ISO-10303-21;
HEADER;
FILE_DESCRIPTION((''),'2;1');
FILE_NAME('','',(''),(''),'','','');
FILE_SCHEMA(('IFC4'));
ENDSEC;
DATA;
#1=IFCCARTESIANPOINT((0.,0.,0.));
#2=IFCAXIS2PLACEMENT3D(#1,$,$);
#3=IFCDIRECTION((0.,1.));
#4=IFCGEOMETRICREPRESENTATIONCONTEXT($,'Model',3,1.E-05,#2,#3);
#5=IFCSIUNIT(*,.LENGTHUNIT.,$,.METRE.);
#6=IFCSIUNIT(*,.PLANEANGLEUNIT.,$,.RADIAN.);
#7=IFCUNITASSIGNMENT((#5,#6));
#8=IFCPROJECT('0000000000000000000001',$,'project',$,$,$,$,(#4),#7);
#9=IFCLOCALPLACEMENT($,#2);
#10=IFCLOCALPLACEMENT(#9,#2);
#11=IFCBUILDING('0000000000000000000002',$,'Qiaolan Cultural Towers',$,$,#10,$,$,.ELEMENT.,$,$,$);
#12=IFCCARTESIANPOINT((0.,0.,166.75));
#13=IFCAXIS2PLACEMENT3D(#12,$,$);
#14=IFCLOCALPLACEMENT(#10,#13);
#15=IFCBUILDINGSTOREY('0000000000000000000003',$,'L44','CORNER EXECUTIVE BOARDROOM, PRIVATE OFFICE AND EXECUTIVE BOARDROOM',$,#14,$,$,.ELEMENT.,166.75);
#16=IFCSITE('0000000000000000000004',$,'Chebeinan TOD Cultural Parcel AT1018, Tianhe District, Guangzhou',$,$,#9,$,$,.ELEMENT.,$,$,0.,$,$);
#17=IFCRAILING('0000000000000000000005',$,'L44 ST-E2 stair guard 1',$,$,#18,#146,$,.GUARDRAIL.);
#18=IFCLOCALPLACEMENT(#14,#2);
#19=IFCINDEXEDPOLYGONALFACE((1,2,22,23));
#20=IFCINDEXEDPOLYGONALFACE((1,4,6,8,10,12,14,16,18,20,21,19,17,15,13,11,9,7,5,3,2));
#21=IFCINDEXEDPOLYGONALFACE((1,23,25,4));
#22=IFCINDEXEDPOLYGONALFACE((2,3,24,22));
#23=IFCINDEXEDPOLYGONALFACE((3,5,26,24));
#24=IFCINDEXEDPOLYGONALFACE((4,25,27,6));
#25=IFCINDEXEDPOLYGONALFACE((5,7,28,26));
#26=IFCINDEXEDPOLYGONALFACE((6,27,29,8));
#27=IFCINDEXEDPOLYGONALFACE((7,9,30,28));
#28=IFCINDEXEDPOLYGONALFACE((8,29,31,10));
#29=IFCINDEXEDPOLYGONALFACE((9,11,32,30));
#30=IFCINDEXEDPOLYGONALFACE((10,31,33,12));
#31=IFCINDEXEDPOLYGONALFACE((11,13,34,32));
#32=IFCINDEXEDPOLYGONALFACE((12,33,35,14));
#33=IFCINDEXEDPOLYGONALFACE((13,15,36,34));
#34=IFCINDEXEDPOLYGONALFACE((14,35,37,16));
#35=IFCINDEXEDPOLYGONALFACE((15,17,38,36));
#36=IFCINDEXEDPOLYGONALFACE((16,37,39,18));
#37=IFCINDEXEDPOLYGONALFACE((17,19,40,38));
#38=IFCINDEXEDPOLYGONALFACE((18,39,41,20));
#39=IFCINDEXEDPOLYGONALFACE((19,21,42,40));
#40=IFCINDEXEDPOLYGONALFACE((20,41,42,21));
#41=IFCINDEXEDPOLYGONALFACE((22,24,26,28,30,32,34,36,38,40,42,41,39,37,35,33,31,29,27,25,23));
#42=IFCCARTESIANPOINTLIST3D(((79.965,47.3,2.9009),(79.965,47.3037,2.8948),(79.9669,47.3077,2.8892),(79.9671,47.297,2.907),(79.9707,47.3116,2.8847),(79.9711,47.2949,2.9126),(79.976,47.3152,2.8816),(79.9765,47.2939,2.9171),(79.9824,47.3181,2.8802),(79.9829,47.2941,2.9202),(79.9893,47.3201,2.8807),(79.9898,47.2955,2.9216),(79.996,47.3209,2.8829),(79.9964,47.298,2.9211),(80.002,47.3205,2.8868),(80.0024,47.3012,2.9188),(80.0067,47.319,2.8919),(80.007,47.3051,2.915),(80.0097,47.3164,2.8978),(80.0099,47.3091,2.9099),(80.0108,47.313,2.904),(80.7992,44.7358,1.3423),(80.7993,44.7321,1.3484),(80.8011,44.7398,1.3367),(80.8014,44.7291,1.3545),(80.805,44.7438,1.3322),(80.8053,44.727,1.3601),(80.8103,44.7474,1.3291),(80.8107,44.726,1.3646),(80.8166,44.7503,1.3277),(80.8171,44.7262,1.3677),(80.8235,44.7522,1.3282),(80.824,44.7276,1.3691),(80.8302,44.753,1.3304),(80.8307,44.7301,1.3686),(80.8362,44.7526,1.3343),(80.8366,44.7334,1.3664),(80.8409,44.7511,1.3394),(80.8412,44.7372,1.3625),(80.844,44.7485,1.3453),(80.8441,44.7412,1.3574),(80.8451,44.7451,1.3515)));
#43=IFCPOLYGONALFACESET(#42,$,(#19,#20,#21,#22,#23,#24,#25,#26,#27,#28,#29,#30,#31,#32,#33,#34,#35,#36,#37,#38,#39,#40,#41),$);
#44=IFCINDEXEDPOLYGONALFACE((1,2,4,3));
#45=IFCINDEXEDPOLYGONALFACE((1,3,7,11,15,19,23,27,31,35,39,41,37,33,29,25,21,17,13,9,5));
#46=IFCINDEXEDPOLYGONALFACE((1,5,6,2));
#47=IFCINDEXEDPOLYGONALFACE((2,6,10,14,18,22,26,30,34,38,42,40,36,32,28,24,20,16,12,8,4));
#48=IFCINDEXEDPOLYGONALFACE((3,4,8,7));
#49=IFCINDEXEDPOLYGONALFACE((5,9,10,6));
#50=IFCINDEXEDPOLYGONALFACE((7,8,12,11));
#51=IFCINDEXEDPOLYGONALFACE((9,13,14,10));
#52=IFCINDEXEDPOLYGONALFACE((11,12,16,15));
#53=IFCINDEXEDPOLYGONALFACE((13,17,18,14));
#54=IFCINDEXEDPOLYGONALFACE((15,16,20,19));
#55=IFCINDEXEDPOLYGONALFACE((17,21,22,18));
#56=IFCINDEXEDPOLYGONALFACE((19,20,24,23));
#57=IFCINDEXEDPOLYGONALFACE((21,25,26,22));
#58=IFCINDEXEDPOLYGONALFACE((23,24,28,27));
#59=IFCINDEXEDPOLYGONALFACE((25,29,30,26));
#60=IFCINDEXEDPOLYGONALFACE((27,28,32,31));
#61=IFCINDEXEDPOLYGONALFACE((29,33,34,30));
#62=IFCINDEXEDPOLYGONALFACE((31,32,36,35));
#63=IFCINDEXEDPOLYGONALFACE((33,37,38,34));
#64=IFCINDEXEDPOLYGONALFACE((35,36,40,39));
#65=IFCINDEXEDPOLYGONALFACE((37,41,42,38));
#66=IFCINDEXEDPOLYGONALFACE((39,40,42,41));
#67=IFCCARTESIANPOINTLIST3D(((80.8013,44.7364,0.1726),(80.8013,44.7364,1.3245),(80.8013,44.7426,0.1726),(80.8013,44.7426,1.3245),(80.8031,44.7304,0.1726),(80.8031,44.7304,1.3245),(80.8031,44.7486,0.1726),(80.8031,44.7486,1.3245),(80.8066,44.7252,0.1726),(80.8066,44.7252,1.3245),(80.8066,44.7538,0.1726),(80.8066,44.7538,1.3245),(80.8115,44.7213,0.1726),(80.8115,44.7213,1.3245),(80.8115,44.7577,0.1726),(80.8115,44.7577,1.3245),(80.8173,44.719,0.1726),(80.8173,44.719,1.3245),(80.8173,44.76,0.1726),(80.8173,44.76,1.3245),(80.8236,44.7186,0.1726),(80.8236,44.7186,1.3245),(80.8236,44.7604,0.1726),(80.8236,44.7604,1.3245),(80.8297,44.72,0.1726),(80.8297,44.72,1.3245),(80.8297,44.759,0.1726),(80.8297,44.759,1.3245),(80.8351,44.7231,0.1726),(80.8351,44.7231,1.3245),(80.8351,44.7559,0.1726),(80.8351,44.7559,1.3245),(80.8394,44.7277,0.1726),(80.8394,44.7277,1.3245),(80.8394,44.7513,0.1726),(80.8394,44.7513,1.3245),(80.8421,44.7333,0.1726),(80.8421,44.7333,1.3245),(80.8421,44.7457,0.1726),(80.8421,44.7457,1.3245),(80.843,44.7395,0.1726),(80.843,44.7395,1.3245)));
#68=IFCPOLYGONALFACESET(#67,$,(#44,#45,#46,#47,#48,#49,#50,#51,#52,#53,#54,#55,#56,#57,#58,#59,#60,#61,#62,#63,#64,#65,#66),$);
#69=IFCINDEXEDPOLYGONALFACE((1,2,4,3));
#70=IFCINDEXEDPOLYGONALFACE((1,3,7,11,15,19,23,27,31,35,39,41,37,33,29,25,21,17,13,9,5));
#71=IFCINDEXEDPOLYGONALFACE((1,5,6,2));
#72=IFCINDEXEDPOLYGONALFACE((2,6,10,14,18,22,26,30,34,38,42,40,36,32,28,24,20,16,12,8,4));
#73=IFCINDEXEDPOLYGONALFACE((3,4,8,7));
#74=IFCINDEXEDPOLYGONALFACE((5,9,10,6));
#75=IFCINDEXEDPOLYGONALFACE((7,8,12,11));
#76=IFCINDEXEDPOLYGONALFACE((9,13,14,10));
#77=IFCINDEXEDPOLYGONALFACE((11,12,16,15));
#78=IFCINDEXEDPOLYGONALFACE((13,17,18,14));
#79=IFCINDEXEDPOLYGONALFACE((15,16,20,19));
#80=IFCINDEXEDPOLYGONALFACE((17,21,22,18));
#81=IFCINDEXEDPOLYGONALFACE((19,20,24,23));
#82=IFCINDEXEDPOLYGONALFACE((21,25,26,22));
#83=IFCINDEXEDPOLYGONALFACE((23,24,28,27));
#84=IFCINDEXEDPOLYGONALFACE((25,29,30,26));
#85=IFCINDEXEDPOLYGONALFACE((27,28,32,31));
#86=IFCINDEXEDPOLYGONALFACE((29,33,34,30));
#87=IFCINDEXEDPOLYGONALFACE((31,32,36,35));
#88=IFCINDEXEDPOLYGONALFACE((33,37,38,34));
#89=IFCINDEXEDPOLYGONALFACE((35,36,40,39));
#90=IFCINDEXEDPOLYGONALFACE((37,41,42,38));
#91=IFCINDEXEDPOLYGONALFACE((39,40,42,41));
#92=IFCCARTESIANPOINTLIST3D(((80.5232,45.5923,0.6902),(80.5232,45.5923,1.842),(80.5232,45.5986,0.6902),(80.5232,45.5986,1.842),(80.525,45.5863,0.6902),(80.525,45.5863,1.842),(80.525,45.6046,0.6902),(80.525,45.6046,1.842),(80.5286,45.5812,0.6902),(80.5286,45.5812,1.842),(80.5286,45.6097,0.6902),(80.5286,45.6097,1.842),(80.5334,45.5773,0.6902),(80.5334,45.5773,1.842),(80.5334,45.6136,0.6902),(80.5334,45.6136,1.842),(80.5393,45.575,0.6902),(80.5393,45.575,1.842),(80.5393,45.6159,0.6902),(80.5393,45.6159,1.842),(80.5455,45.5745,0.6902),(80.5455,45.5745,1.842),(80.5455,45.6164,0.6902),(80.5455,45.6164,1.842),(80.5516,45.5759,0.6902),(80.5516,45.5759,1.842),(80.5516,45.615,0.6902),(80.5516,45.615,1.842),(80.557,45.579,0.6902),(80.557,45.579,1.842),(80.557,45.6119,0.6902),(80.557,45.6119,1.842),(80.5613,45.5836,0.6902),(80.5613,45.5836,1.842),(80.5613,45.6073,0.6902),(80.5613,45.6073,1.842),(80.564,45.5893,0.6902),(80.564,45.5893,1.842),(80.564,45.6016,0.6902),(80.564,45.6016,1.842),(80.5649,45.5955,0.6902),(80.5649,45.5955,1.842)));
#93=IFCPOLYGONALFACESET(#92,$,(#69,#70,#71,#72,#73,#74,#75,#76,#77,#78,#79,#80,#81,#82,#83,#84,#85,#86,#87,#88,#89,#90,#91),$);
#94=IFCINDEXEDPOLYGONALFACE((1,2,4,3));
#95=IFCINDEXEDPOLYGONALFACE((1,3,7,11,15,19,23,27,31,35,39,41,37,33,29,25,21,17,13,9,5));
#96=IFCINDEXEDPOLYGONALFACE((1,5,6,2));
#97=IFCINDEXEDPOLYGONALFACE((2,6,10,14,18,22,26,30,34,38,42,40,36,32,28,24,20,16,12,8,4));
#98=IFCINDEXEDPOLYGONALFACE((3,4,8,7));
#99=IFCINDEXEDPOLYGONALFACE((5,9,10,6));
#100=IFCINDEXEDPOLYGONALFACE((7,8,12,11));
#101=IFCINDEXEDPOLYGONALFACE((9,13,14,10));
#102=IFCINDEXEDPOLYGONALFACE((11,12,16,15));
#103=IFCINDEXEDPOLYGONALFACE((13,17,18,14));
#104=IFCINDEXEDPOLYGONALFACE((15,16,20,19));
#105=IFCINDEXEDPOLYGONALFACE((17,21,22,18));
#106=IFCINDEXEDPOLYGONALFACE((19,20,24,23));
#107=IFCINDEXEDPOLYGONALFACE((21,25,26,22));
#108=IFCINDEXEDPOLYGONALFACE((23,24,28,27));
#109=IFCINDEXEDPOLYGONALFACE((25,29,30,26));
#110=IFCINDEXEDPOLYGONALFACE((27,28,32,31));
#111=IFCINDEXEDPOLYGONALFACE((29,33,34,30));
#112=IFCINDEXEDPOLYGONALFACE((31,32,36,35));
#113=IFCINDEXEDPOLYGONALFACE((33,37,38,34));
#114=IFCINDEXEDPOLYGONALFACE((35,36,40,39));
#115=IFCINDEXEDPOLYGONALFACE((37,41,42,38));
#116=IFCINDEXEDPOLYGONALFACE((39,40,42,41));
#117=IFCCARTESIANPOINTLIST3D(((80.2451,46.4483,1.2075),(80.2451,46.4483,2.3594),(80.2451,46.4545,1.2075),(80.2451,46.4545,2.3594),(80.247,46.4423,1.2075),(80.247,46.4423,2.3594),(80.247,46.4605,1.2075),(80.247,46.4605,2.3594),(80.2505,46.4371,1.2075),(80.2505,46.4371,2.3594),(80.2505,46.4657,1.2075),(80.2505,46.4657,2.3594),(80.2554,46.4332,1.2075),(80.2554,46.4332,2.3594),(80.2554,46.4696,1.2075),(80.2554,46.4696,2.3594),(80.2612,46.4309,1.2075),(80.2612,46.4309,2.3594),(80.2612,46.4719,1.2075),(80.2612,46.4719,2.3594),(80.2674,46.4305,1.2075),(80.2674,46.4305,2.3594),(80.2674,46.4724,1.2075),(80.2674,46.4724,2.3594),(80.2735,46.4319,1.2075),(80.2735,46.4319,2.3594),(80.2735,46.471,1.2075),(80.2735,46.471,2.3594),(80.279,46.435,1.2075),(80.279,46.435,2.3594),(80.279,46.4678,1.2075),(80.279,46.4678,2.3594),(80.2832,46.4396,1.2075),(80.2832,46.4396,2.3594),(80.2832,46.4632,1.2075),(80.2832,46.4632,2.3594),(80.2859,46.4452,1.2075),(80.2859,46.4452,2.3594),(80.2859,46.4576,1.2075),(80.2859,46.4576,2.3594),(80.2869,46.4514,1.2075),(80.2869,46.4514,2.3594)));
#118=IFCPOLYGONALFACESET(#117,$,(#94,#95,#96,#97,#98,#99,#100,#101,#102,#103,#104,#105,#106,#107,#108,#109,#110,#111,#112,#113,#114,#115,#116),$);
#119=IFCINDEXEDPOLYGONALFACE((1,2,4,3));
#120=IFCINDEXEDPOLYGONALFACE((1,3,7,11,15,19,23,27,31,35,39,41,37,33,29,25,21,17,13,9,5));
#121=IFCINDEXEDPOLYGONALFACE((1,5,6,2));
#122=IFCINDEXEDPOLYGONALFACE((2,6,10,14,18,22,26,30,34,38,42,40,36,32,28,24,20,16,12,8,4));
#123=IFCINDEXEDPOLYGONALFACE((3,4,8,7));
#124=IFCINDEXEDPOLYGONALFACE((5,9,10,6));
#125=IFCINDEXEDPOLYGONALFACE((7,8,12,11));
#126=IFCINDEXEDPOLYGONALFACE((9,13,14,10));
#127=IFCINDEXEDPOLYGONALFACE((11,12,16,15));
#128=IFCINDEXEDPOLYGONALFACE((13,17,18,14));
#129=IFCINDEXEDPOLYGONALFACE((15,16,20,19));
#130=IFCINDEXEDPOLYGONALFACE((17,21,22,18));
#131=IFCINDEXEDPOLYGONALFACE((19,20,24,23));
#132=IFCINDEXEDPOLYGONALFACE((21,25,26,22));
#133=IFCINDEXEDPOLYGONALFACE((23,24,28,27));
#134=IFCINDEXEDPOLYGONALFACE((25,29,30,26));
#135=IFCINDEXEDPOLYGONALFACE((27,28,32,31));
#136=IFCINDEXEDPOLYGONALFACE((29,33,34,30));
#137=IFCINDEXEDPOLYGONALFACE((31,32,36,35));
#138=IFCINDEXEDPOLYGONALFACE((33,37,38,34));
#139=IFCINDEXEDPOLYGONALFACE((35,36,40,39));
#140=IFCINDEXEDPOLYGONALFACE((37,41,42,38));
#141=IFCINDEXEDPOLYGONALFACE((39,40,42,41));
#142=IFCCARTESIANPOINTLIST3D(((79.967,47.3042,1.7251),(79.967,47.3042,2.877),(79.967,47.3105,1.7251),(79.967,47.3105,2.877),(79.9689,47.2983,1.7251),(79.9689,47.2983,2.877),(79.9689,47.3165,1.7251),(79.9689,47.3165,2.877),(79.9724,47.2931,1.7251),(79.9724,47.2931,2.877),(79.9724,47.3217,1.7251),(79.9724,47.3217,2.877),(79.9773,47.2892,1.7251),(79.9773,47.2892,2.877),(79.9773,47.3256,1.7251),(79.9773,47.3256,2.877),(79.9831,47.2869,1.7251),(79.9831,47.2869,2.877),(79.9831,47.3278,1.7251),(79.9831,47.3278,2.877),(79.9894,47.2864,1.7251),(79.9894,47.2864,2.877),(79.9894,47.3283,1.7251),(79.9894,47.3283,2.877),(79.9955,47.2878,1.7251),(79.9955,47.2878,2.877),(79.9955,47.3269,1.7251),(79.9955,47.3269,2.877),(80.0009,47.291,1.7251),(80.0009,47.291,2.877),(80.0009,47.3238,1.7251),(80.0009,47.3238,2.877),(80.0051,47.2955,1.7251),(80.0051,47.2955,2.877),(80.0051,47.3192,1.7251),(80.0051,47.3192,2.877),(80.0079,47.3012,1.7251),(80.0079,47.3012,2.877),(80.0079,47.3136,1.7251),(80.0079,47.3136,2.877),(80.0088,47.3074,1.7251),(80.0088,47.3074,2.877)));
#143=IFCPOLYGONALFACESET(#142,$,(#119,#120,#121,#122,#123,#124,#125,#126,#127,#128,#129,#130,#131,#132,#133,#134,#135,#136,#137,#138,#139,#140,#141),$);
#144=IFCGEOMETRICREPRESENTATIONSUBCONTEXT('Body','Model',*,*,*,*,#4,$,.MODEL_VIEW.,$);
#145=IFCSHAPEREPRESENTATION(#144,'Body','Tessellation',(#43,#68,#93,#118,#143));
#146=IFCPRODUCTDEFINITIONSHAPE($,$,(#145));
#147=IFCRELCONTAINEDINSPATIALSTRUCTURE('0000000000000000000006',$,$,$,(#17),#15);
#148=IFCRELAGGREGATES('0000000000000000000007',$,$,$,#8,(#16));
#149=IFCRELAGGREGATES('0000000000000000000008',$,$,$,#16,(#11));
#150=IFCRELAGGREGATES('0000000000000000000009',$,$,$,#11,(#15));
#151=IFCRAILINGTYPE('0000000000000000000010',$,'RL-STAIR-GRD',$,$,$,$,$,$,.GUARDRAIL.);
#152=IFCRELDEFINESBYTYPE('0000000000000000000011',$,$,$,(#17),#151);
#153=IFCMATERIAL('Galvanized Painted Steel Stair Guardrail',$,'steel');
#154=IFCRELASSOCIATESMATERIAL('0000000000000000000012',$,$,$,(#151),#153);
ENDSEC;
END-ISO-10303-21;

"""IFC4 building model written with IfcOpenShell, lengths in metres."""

from ifc_helpers import new_model, si_unit, direction, frame, origin, origin_2d, place, context, subcontext, project, spatial, circle, extrude, material, type_object, element, save


model = new_model("IFC4")

# Units and contexts
model_context = context("Model", 3, precision=1e-05, world=origin(), true_north=direction((0.0, 1.0)))
body_context = subcontext(model_context, "Body", "Model", "MODEL_VIEW")
ifc_project = project(units=[si_unit("LENGTHUNIT", "METRE"), si_unit("PLANEANGLEUNIT", "RADIAN")], contexts=[model_context])

# Site, building, storey
site_placement = place(None, origin())
site = spatial("IfcSite", under=ifc_project, at=site_placement, Name="Chebeinan TOD Cultural Parcel AT1018, Tianhe District, Guangzhou", CompositionType="ELEMENT", RefElevation=0.0)
building_placement = place(site_placement, origin())
building = spatial("IfcBuilding", under=site, at=building_placement, Name="Qiaolan Cultural Towers", CompositionType="ELEMENT")
storey_placement = place(building_placement, frame((0.0, 0.0, 166.75)))
storey = spatial("IfcBuildingStorey", under=building, at=storey_placement, Name="L44", Description="CORNER EXECUTIVE BOARDROOM, PRIVATE OFFICE AND EXECUTIVE BOARDROOM", CompositionType="ELEMENT", Elevation=166.75)

# Railing
ifc_material_1 = material(Name="Galvanized Painted Steel Stair Guardrail", Category="steel")
railing_type_1 = type_object("IfcRailingType", Name="RL-STAIR-GRD", PredefinedType="GUARDRAIL", material=ifc_material_1)
railing_1_placement = place(storey_placement, frame((80.822, 44.7395, 0.1726)))
element("IfcRailing", 1, at=railing_1_placement, inside=storey, type_object=railing_type_1, Name="L44 ST-E2 stair guard 1", PredefinedType="GUARDRAIL", context=body_context, shape_type="SweptSolid", body=[
    extrude(circle(Radius=0.0239, at=origin_2d()), frame((0.0, 0.0, 1.1758), z_axis=(-0.267853, 0.824488, 0.498471), x_axis=(-0.95107, -0.308976, 0.0)), (0.0, 0.0, 1.0), 3.1145),
    extrude(circle(Radius=0.021, at=origin_2d()), origin(), (0.0, 0.0, 1.0), 1.1519),
    extrude(circle(Radius=0.021, at=origin_2d()), frame((-0.2781, 0.856, 0.5176)), (0.0, 0.0, 1.0), 1.1519),
    extrude(circle(Radius=0.021, at=origin_2d()), frame((-0.5562, 1.7119, 1.0349)), (0.0, 0.0, 1.0), 1.1519),
    extrude(circle(Radius=0.021, at=origin_2d()), frame((-0.8342, 2.5679, 1.5525)), (0.0, 0.0, 1.0), 1.1519),
])

save(model, "model.ifc")
